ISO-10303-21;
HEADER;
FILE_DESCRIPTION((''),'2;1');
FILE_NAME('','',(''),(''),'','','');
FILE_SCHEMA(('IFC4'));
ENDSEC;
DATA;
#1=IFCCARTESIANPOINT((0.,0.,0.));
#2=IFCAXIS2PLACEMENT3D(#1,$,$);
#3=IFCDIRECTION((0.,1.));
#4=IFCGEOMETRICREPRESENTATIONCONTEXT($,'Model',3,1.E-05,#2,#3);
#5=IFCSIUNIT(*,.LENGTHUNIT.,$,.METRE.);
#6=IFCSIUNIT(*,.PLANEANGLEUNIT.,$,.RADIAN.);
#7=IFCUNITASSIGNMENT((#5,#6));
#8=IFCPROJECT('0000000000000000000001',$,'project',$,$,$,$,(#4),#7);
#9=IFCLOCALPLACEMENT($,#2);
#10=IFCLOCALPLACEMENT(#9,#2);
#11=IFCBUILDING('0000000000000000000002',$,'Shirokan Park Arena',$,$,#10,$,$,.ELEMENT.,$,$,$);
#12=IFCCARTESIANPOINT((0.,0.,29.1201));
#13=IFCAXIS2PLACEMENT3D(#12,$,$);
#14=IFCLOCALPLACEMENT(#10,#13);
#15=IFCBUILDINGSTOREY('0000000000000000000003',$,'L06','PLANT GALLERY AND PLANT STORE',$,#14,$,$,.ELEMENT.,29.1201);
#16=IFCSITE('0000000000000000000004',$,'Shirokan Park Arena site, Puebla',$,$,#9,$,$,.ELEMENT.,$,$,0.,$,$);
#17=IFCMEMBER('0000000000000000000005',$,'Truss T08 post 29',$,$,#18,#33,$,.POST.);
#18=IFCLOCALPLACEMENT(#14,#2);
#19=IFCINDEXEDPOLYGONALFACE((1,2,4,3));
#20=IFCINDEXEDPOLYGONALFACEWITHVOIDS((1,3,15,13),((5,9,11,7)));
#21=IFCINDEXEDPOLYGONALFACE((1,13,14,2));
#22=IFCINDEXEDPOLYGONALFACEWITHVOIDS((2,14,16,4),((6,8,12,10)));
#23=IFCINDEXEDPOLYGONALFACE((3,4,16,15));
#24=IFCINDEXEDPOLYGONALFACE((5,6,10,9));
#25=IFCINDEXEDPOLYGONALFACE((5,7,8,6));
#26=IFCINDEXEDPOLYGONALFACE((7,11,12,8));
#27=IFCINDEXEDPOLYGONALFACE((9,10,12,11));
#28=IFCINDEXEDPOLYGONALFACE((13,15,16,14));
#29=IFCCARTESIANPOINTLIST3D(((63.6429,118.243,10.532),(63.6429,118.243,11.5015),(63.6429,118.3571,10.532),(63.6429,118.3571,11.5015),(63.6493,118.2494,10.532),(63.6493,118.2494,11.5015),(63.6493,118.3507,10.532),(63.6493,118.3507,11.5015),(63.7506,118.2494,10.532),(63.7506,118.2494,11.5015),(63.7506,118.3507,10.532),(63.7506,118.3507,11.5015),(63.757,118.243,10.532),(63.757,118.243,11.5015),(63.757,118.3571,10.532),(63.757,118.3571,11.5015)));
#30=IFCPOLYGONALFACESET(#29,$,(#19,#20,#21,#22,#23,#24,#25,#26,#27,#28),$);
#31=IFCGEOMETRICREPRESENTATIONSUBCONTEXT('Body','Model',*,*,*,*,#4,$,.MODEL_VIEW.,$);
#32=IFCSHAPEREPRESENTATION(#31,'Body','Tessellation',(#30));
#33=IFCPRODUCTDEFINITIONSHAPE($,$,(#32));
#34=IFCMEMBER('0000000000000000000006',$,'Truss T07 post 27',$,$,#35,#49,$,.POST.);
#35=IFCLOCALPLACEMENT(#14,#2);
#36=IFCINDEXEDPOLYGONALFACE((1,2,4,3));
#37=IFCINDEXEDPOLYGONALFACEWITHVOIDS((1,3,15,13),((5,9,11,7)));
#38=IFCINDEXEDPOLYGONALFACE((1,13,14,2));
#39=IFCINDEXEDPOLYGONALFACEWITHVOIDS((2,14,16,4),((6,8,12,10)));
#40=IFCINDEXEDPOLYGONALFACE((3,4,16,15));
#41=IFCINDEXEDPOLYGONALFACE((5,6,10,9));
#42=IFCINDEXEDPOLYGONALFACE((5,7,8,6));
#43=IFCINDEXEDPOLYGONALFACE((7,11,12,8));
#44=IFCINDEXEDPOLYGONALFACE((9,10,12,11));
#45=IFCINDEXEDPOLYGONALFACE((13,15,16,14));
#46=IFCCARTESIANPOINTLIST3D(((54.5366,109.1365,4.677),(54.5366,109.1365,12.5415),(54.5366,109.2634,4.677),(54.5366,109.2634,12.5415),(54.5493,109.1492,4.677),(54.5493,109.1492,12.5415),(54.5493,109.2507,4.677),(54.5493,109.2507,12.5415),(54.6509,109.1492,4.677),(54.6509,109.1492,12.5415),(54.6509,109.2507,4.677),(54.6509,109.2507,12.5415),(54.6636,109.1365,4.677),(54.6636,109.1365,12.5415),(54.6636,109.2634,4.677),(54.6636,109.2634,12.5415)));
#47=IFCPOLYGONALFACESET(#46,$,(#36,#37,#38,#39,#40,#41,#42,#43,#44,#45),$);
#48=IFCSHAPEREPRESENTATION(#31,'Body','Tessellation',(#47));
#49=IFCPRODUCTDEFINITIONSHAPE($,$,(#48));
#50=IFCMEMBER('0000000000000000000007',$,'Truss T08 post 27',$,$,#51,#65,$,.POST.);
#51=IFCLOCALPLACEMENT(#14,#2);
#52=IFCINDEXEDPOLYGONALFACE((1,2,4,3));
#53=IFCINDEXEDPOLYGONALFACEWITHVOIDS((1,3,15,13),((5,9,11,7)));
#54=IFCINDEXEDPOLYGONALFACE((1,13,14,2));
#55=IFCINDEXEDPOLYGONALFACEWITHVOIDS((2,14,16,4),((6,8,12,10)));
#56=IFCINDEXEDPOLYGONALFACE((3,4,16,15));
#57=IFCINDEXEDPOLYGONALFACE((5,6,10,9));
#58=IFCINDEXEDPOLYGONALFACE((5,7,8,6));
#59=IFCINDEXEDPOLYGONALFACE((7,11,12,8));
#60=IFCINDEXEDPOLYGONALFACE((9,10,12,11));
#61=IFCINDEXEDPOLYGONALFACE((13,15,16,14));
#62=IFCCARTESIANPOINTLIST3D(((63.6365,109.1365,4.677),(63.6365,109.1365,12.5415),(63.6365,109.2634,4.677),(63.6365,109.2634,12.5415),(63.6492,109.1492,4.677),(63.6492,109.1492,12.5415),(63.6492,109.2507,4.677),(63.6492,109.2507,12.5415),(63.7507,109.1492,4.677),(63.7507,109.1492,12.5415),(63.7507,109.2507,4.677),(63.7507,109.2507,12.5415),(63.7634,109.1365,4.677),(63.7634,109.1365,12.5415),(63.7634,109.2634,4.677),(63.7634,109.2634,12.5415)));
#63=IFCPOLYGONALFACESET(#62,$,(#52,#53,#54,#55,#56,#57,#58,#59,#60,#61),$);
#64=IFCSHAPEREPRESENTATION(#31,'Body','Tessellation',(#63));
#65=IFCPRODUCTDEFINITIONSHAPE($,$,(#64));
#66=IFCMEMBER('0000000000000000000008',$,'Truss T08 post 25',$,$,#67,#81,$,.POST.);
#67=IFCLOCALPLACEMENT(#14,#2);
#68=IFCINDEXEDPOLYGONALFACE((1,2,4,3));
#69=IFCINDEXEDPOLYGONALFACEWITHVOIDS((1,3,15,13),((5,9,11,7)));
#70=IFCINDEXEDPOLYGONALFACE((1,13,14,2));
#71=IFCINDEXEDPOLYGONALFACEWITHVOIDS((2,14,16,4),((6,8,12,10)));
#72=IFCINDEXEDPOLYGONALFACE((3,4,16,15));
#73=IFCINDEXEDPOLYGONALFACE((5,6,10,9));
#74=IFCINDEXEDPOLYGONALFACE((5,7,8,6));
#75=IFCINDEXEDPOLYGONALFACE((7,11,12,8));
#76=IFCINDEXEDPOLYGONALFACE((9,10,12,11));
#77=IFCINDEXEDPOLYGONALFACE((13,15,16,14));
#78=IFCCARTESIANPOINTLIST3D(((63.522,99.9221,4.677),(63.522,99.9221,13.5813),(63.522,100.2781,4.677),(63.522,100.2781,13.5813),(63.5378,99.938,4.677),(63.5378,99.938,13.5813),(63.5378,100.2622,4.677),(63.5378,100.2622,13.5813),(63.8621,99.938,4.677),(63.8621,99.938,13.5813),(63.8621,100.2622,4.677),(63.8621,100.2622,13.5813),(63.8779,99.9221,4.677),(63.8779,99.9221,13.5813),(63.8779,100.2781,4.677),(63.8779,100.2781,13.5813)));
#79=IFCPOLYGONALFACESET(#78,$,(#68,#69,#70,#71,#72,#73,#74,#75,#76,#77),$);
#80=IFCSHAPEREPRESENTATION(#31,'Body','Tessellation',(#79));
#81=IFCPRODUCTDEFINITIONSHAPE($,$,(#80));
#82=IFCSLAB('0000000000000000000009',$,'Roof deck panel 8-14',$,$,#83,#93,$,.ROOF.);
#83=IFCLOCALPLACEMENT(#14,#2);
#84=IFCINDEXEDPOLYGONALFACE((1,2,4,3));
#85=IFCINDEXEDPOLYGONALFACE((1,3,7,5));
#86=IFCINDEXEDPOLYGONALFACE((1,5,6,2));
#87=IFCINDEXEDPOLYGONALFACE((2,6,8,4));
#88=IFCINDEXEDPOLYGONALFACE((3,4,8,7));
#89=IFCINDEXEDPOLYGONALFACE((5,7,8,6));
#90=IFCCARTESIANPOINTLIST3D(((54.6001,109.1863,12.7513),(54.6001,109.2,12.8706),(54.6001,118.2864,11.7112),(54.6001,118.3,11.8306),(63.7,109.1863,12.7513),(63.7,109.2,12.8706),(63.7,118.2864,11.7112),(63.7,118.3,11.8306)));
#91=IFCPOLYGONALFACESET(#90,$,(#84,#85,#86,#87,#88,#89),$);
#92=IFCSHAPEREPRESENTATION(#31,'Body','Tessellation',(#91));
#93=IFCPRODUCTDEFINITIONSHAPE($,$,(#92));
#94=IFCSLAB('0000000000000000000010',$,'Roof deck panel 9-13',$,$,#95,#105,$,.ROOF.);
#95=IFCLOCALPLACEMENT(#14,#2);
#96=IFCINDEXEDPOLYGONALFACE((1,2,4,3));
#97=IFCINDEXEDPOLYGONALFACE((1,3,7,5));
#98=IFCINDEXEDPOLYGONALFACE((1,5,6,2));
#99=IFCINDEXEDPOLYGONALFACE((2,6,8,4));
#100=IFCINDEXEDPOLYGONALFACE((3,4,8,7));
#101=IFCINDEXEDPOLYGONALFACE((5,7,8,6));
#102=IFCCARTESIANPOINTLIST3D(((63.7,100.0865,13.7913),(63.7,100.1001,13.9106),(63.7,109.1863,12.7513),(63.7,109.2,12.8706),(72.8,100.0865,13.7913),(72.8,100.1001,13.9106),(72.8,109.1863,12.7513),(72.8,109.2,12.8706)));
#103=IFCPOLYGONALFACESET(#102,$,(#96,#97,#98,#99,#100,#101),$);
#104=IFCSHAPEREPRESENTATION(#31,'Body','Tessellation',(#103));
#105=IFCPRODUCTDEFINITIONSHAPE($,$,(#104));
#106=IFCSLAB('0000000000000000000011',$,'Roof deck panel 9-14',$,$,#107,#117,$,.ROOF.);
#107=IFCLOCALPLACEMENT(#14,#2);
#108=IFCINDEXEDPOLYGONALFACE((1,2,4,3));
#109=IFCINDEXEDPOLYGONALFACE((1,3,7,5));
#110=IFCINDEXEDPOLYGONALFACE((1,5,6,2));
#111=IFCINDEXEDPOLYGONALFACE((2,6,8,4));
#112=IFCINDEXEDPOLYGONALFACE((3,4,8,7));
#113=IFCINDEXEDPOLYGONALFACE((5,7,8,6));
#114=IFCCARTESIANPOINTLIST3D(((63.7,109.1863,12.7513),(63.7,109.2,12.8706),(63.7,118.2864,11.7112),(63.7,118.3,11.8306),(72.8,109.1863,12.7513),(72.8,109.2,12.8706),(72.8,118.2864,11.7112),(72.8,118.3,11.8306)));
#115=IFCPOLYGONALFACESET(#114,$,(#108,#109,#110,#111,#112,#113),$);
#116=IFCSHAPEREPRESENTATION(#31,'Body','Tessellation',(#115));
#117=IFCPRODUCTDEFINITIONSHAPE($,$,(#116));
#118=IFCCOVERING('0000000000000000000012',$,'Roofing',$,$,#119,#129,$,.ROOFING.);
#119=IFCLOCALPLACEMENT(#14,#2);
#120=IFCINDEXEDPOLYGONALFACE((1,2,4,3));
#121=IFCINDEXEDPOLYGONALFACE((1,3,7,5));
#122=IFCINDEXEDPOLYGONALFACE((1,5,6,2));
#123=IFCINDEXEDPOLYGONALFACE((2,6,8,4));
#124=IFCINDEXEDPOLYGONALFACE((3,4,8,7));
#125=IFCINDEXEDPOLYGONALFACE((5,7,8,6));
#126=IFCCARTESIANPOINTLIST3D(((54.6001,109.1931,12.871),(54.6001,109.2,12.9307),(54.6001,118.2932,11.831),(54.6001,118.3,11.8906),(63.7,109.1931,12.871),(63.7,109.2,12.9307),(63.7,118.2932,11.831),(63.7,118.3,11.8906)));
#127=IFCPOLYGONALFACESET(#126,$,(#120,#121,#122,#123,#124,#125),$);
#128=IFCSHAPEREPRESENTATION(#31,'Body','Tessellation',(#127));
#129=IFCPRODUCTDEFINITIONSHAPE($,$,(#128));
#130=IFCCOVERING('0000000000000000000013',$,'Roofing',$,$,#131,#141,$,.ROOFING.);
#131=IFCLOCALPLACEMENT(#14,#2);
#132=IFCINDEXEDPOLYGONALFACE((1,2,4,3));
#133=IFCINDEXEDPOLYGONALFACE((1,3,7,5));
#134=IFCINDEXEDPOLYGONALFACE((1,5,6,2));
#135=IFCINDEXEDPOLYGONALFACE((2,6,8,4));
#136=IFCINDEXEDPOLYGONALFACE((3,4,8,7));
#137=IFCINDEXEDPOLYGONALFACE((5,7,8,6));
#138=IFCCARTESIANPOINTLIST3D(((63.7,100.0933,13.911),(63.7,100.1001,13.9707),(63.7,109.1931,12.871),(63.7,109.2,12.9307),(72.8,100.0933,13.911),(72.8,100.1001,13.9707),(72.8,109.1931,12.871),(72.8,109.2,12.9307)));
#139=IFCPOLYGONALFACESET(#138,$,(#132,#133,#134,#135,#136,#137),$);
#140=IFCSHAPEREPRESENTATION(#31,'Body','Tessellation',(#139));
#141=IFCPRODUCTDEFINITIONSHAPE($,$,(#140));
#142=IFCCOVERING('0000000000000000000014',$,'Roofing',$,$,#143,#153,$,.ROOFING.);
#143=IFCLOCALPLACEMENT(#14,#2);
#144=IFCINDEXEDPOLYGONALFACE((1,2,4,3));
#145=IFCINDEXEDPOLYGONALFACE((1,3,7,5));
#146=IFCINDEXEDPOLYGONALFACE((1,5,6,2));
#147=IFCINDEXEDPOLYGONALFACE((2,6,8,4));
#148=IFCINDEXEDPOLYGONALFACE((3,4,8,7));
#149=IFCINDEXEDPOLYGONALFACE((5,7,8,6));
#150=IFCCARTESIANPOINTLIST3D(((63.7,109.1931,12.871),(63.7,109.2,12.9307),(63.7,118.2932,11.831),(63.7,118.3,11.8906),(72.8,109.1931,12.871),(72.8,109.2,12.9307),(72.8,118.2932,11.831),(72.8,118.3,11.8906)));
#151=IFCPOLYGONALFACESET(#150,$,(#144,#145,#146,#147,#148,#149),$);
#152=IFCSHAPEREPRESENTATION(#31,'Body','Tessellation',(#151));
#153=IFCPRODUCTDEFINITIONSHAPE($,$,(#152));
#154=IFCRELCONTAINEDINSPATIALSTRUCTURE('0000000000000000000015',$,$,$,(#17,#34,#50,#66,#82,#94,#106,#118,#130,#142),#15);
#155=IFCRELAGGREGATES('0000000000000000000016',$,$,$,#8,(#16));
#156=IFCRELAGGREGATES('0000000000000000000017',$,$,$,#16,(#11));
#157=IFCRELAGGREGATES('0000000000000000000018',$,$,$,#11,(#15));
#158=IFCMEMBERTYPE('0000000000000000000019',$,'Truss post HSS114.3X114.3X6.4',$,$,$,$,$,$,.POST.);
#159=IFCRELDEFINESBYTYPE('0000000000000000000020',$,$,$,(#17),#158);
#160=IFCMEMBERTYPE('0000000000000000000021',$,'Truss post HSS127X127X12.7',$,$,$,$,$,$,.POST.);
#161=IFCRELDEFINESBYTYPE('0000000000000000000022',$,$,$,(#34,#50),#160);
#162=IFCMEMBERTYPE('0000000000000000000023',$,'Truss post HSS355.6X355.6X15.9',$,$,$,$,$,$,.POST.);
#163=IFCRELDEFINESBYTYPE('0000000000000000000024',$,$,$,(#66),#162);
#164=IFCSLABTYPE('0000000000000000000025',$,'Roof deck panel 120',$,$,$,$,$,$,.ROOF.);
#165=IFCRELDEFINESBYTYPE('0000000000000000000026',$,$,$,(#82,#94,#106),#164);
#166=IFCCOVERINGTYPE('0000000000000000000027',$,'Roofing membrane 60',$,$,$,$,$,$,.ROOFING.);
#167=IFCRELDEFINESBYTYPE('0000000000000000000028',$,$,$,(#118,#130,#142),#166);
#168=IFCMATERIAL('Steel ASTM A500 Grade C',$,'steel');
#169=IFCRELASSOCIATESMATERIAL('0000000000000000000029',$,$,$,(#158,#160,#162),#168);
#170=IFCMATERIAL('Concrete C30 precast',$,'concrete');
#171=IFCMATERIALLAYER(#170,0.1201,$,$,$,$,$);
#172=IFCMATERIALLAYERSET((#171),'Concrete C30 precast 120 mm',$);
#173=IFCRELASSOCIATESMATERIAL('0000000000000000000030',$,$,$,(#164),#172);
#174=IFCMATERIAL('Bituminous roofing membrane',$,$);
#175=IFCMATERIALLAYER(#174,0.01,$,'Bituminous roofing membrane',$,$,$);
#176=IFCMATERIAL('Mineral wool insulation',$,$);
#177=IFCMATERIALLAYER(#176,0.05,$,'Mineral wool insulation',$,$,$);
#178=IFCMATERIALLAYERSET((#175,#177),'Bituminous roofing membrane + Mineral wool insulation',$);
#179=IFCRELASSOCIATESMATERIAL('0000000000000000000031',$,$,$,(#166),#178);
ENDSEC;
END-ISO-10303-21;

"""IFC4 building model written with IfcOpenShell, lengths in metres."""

from ifc_helpers import new_model, si_unit, direction, frame, origin, origin_2d, place, context, subcontext, project, spatial, polyline, hollow_rectangle, outline, extrude, material, layer, layer_set, material_profile, profile_set, type_object, element, save


model = new_model("IFC4")

# Units and contexts
model_context = context("Model", 3, precision=1e-05, world=origin(), true_north=direction((0.0, 1.0)))
body_context = subcontext(model_context, "Body", "Model", "MODEL_VIEW")
ifc_project = project(units=[si_unit("LENGTHUNIT", "METRE"), si_unit("PLANEANGLEUNIT", "RADIAN")], contexts=[model_context])

# Site, building, storey
site_placement = place(None, origin())
site = spatial("IfcSite", under=ifc_project, at=site_placement, Name="Shirokan Park Arena site, Puebla", CompositionType="ELEMENT", RefElevation=0.0)
building_placement = place(site_placement, origin())
building = spatial("IfcBuilding", under=site, at=building_placement, Name="Shirokan Park Arena", CompositionType="ELEMENT")
storey_placement = place(building_placement, frame((0.0, 0.0, 29.1201)))
storey = spatial("IfcBuildingStorey", under=building, at=storey_placement, Name="L06", Description="PLANT GALLERY AND PLANT STORE", CompositionType="ELEMENT", Elevation=29.1201)

# Shared definitions
ifc_material_1 = material(Name="Steel ASTM A500 Grade C", Category="steel")

# Members
ifc_material_profile_1 = material_profile(ifc_material_1, hollow_rectangle(XDim=0.114, YDim=0.114, WallThickness=0.0063, at=origin_2d()), Name="HSS114.3X114.3X6.4")
ifc_profile_set_1 = profile_set([ifc_material_profile_1], Name="Steel ASTM A500 Grade C")
member_type_1 = type_object("IfcMemberType", Name="Truss post HSS114.3X114.3X6.4", PredefinedType="POST", material=ifc_profile_set_1)
member_1_placement = place(storey_placement, frame((63.7, 118.3, 10.532), z_axis=(0.0, 0.0, 1.0), x_axis=(1.0, 0.0, 0.0)))
element("IfcMember", 1, at=member_1_placement, inside=storey, type_object=member_type_1, Name="Truss T08 post 29", PredefinedType="POST", context=body_context, shape_type="SweptSolid", body=[
    extrude(hollow_rectangle(XDim=0.114, YDim=0.114, WallThickness=0.0063, at=origin_2d()), origin(), (0.0, 0.0, 1.0), 0.9695),
])
ifc_material_profile_2 = material_profile(ifc_material_1, hollow_rectangle(XDim=0.127, YDim=0.127, WallThickness=0.0127, at=origin_2d()), Name="HSS127X127X12.7")
ifc_profile_set_2 = profile_set([ifc_material_profile_2], Name="Steel ASTM A500 Grade C")
member_type_2 = type_object("IfcMemberType", Name="Truss post HSS127X127X12.7", PredefinedType="POST", material=ifc_profile_set_2)
for number, where, z_axis, x_axis, name in (
    (2, (54.6001, 109.2, 4.677), (0.0, 0.0, 1.0), (1.0, 0.0, 0.0), "Truss T07 post 27"),
    (3, (63.7, 109.2, 4.677), (0.0, 0.0, 1.0), (1.0, 0.0, 0.0), "Truss T08 post 27"),
):
    element("IfcMember", number, at=place(storey_placement, frame(where, z_axis=z_axis, x_axis=x_axis)), inside=storey, type_object=member_type_2, Name=name, PredefinedType="POST", context=body_context, shape_type="SweptSolid", body=[
        extrude(hollow_rectangle(XDim=0.127, YDim=0.127, WallThickness=0.0127, at=origin_2d()), origin(), (0.0, 0.0, 1.0), 7.8645),
    ])
ifc_material_profile_3 = material_profile(ifc_material_1, hollow_rectangle(XDim=0.356, YDim=0.356, WallThickness=0.0159, at=origin_2d()), Name="HSS355.6X355.6X15.9")
ifc_profile_set_3 = profile_set([ifc_material_profile_3], Name="Steel ASTM A500 Grade C")
member_type_3 = type_object("IfcMemberType", Name="Truss post HSS355.6X355.6X15.9", PredefinedType="POST", material=ifc_profile_set_3)
member_2_placement = place(storey_placement, frame((63.7, 100.1001, 4.677), z_axis=(0.0, 0.0, 1.0), x_axis=(1.0, 0.0, 0.0)))
element("IfcMember", 4, at=member_2_placement, inside=storey, type_object=member_type_3, Name="Truss T08 post 25", PredefinedType="POST", context=body_context, shape_type="SweptSolid", body=[
    extrude(hollow_rectangle(XDim=0.356, YDim=0.356, WallThickness=0.0159, at=origin_2d()), origin(), (0.0, 0.0, 1.0), 8.9043),
])

# Slabs
ifc_material_2 = material(Name="Concrete C30 precast", Category="concrete")
ifc_layer_1 = layer(ifc_material_2, 0.1201)
ifc_layer_set_1 = layer_set([ifc_layer_1], Name="Concrete C30 precast 120 mm")
slab_type = type_object("IfcSlabType", Name="Roof deck panel 120", PredefinedType="ROOF", material=ifc_layer_set_1)
slab_1_placement = place(storey_placement, frame((54.6001, 109.2, 12.8706), z_axis=(0.0, 0.11355, 0.993532), x_axis=(1.0, 0.0, 0.0)))
element("IfcSlab", 5, at=slab_1_placement, inside=storey, type_object=slab_type, Name="Roof deck panel 8-14", PredefinedType="ROOF", context=body_context, shape_type="SweptSolid", body=[
    extrude(outline(polyline([(0.0, 0.0), (9.0999, 0.0), (9.0999, 9.1593), (0.0, 9.1593), (0.0, 0.0)])), origin(), (0.0, 0.0, -1.0), 0.1201),
])
slab_2_placement = place(storey_placement, frame((63.7, 100.1001, 13.9106), z_axis=(0.0, 0.113553, 0.993532), x_axis=(1.0, 0.0, 0.0)))
element("IfcSlab", 6, at=slab_2_placement, inside=storey, type_object=slab_type, Name="Roof deck panel 9-13", PredefinedType="ROOF", context=body_context, shape_type="SweptSolid", body=[
    extrude(outline(polyline([(0.0, 0.0), (9.1001, 0.0), (9.1001, 9.1591), (0.0, 9.1591), (0.0, 0.0)])), origin(), (0.0, 0.0, -1.0), 0.1201),
])
slab_3_placement = place(storey_placement, frame((63.7, 109.2, 12.8706), z_axis=(0.0, 0.11355, 0.993532), x_axis=(1.0, 0.0, 0.0)))
element("IfcSlab", 7, at=slab_3_placement, inside=storey, type_object=slab_type, Name="Roof deck panel 9-14", PredefinedType="ROOF", context=body_context, shape_type="SweptSolid", body=[
    extrude(outline(polyline([(0.0, 0.0), (9.1001, 0.0), (9.1001, 9.1593), (0.0, 9.1593), (0.0, 0.0)])), origin(), (0.0, 0.0, -1.0), 0.1201),
])

# Coverings
ifc_material_3 = material(Name="Bituminous roofing membrane")
ifc_layer_2 = layer(ifc_material_3, 0.01, Name="Bituminous roofing membrane")
ifc_material_4 = material(Name="Mineral wool insulation")
ifc_layer_3 = layer(ifc_material_4, 0.05, Name="Mineral wool insulation")
ifc_layer_set_2 = layer_set([ifc_layer_2, ifc_layer_3], Name="Bituminous roofing membrane + Mineral wool insulation")
covering_type = type_object("IfcCoveringType", Name="Roofing membrane 60", PredefinedType="ROOFING", material=ifc_layer_set_2)
covering_1_placement = place(storey_placement, frame((54.6001, 109.2, 12.9307), z_axis=(0.0, 0.11355, 0.993532), x_axis=(1.0, 0.0, 0.0)))
element("IfcCovering", 8, at=covering_1_placement, inside=storey, type_object=covering_type, Name="Roofing", PredefinedType="ROOFING", context=body_context, shape_type="SweptSolid", body=[
    extrude(outline(polyline([(0.0, 0.0), (9.0999, 0.0), (9.0999, 9.1593), (0.0, 9.1593), (0.0, 0.0)])), origin(), (0.0, 0.0, -1.0), 0.0601),
])
covering_2_placement = place(storey_placement, frame((63.7, 100.1001, 13.9707), z_axis=(0.0, 0.113553, 0.993532), x_axis=(1.0, 0.0, 0.0)))
element("IfcCovering", 9, at=covering_2_placement, inside=storey, type_object=covering_type, Name="Roofing", PredefinedType="ROOFING", context=body_context, shape_type="SweptSolid", body=[
    extrude(outline(polyline([(0.0, 0.0), (9.1001, 0.0), (9.1001, 9.1591), (0.0, 9.1591), (0.0, 0.0)])), origin(), (0.0, 0.0, -1.0), 0.0601),
])
covering_3_placement = place(storey_placement, frame((63.7, 109.2, 12.9307), z_axis=(0.0, 0.11355, 0.993532), x_axis=(1.0, 0.0, 0.0)))
element("IfcCovering", 10, at=covering_3_placement, inside=storey, type_object=covering_type, Name="Roofing", PredefinedType="ROOFING", context=body_context, shape_type="SweptSolid", body=[
    extrude(outline(polyline([(0.0, 0.0), (9.1001, 0.0), (9.1001, 9.1593), (0.0, 9.1593), (0.0, 0.0)])), origin(), (0.0, 0.0, -1.0), 0.0601),
])

save(model, "model.ifc")
